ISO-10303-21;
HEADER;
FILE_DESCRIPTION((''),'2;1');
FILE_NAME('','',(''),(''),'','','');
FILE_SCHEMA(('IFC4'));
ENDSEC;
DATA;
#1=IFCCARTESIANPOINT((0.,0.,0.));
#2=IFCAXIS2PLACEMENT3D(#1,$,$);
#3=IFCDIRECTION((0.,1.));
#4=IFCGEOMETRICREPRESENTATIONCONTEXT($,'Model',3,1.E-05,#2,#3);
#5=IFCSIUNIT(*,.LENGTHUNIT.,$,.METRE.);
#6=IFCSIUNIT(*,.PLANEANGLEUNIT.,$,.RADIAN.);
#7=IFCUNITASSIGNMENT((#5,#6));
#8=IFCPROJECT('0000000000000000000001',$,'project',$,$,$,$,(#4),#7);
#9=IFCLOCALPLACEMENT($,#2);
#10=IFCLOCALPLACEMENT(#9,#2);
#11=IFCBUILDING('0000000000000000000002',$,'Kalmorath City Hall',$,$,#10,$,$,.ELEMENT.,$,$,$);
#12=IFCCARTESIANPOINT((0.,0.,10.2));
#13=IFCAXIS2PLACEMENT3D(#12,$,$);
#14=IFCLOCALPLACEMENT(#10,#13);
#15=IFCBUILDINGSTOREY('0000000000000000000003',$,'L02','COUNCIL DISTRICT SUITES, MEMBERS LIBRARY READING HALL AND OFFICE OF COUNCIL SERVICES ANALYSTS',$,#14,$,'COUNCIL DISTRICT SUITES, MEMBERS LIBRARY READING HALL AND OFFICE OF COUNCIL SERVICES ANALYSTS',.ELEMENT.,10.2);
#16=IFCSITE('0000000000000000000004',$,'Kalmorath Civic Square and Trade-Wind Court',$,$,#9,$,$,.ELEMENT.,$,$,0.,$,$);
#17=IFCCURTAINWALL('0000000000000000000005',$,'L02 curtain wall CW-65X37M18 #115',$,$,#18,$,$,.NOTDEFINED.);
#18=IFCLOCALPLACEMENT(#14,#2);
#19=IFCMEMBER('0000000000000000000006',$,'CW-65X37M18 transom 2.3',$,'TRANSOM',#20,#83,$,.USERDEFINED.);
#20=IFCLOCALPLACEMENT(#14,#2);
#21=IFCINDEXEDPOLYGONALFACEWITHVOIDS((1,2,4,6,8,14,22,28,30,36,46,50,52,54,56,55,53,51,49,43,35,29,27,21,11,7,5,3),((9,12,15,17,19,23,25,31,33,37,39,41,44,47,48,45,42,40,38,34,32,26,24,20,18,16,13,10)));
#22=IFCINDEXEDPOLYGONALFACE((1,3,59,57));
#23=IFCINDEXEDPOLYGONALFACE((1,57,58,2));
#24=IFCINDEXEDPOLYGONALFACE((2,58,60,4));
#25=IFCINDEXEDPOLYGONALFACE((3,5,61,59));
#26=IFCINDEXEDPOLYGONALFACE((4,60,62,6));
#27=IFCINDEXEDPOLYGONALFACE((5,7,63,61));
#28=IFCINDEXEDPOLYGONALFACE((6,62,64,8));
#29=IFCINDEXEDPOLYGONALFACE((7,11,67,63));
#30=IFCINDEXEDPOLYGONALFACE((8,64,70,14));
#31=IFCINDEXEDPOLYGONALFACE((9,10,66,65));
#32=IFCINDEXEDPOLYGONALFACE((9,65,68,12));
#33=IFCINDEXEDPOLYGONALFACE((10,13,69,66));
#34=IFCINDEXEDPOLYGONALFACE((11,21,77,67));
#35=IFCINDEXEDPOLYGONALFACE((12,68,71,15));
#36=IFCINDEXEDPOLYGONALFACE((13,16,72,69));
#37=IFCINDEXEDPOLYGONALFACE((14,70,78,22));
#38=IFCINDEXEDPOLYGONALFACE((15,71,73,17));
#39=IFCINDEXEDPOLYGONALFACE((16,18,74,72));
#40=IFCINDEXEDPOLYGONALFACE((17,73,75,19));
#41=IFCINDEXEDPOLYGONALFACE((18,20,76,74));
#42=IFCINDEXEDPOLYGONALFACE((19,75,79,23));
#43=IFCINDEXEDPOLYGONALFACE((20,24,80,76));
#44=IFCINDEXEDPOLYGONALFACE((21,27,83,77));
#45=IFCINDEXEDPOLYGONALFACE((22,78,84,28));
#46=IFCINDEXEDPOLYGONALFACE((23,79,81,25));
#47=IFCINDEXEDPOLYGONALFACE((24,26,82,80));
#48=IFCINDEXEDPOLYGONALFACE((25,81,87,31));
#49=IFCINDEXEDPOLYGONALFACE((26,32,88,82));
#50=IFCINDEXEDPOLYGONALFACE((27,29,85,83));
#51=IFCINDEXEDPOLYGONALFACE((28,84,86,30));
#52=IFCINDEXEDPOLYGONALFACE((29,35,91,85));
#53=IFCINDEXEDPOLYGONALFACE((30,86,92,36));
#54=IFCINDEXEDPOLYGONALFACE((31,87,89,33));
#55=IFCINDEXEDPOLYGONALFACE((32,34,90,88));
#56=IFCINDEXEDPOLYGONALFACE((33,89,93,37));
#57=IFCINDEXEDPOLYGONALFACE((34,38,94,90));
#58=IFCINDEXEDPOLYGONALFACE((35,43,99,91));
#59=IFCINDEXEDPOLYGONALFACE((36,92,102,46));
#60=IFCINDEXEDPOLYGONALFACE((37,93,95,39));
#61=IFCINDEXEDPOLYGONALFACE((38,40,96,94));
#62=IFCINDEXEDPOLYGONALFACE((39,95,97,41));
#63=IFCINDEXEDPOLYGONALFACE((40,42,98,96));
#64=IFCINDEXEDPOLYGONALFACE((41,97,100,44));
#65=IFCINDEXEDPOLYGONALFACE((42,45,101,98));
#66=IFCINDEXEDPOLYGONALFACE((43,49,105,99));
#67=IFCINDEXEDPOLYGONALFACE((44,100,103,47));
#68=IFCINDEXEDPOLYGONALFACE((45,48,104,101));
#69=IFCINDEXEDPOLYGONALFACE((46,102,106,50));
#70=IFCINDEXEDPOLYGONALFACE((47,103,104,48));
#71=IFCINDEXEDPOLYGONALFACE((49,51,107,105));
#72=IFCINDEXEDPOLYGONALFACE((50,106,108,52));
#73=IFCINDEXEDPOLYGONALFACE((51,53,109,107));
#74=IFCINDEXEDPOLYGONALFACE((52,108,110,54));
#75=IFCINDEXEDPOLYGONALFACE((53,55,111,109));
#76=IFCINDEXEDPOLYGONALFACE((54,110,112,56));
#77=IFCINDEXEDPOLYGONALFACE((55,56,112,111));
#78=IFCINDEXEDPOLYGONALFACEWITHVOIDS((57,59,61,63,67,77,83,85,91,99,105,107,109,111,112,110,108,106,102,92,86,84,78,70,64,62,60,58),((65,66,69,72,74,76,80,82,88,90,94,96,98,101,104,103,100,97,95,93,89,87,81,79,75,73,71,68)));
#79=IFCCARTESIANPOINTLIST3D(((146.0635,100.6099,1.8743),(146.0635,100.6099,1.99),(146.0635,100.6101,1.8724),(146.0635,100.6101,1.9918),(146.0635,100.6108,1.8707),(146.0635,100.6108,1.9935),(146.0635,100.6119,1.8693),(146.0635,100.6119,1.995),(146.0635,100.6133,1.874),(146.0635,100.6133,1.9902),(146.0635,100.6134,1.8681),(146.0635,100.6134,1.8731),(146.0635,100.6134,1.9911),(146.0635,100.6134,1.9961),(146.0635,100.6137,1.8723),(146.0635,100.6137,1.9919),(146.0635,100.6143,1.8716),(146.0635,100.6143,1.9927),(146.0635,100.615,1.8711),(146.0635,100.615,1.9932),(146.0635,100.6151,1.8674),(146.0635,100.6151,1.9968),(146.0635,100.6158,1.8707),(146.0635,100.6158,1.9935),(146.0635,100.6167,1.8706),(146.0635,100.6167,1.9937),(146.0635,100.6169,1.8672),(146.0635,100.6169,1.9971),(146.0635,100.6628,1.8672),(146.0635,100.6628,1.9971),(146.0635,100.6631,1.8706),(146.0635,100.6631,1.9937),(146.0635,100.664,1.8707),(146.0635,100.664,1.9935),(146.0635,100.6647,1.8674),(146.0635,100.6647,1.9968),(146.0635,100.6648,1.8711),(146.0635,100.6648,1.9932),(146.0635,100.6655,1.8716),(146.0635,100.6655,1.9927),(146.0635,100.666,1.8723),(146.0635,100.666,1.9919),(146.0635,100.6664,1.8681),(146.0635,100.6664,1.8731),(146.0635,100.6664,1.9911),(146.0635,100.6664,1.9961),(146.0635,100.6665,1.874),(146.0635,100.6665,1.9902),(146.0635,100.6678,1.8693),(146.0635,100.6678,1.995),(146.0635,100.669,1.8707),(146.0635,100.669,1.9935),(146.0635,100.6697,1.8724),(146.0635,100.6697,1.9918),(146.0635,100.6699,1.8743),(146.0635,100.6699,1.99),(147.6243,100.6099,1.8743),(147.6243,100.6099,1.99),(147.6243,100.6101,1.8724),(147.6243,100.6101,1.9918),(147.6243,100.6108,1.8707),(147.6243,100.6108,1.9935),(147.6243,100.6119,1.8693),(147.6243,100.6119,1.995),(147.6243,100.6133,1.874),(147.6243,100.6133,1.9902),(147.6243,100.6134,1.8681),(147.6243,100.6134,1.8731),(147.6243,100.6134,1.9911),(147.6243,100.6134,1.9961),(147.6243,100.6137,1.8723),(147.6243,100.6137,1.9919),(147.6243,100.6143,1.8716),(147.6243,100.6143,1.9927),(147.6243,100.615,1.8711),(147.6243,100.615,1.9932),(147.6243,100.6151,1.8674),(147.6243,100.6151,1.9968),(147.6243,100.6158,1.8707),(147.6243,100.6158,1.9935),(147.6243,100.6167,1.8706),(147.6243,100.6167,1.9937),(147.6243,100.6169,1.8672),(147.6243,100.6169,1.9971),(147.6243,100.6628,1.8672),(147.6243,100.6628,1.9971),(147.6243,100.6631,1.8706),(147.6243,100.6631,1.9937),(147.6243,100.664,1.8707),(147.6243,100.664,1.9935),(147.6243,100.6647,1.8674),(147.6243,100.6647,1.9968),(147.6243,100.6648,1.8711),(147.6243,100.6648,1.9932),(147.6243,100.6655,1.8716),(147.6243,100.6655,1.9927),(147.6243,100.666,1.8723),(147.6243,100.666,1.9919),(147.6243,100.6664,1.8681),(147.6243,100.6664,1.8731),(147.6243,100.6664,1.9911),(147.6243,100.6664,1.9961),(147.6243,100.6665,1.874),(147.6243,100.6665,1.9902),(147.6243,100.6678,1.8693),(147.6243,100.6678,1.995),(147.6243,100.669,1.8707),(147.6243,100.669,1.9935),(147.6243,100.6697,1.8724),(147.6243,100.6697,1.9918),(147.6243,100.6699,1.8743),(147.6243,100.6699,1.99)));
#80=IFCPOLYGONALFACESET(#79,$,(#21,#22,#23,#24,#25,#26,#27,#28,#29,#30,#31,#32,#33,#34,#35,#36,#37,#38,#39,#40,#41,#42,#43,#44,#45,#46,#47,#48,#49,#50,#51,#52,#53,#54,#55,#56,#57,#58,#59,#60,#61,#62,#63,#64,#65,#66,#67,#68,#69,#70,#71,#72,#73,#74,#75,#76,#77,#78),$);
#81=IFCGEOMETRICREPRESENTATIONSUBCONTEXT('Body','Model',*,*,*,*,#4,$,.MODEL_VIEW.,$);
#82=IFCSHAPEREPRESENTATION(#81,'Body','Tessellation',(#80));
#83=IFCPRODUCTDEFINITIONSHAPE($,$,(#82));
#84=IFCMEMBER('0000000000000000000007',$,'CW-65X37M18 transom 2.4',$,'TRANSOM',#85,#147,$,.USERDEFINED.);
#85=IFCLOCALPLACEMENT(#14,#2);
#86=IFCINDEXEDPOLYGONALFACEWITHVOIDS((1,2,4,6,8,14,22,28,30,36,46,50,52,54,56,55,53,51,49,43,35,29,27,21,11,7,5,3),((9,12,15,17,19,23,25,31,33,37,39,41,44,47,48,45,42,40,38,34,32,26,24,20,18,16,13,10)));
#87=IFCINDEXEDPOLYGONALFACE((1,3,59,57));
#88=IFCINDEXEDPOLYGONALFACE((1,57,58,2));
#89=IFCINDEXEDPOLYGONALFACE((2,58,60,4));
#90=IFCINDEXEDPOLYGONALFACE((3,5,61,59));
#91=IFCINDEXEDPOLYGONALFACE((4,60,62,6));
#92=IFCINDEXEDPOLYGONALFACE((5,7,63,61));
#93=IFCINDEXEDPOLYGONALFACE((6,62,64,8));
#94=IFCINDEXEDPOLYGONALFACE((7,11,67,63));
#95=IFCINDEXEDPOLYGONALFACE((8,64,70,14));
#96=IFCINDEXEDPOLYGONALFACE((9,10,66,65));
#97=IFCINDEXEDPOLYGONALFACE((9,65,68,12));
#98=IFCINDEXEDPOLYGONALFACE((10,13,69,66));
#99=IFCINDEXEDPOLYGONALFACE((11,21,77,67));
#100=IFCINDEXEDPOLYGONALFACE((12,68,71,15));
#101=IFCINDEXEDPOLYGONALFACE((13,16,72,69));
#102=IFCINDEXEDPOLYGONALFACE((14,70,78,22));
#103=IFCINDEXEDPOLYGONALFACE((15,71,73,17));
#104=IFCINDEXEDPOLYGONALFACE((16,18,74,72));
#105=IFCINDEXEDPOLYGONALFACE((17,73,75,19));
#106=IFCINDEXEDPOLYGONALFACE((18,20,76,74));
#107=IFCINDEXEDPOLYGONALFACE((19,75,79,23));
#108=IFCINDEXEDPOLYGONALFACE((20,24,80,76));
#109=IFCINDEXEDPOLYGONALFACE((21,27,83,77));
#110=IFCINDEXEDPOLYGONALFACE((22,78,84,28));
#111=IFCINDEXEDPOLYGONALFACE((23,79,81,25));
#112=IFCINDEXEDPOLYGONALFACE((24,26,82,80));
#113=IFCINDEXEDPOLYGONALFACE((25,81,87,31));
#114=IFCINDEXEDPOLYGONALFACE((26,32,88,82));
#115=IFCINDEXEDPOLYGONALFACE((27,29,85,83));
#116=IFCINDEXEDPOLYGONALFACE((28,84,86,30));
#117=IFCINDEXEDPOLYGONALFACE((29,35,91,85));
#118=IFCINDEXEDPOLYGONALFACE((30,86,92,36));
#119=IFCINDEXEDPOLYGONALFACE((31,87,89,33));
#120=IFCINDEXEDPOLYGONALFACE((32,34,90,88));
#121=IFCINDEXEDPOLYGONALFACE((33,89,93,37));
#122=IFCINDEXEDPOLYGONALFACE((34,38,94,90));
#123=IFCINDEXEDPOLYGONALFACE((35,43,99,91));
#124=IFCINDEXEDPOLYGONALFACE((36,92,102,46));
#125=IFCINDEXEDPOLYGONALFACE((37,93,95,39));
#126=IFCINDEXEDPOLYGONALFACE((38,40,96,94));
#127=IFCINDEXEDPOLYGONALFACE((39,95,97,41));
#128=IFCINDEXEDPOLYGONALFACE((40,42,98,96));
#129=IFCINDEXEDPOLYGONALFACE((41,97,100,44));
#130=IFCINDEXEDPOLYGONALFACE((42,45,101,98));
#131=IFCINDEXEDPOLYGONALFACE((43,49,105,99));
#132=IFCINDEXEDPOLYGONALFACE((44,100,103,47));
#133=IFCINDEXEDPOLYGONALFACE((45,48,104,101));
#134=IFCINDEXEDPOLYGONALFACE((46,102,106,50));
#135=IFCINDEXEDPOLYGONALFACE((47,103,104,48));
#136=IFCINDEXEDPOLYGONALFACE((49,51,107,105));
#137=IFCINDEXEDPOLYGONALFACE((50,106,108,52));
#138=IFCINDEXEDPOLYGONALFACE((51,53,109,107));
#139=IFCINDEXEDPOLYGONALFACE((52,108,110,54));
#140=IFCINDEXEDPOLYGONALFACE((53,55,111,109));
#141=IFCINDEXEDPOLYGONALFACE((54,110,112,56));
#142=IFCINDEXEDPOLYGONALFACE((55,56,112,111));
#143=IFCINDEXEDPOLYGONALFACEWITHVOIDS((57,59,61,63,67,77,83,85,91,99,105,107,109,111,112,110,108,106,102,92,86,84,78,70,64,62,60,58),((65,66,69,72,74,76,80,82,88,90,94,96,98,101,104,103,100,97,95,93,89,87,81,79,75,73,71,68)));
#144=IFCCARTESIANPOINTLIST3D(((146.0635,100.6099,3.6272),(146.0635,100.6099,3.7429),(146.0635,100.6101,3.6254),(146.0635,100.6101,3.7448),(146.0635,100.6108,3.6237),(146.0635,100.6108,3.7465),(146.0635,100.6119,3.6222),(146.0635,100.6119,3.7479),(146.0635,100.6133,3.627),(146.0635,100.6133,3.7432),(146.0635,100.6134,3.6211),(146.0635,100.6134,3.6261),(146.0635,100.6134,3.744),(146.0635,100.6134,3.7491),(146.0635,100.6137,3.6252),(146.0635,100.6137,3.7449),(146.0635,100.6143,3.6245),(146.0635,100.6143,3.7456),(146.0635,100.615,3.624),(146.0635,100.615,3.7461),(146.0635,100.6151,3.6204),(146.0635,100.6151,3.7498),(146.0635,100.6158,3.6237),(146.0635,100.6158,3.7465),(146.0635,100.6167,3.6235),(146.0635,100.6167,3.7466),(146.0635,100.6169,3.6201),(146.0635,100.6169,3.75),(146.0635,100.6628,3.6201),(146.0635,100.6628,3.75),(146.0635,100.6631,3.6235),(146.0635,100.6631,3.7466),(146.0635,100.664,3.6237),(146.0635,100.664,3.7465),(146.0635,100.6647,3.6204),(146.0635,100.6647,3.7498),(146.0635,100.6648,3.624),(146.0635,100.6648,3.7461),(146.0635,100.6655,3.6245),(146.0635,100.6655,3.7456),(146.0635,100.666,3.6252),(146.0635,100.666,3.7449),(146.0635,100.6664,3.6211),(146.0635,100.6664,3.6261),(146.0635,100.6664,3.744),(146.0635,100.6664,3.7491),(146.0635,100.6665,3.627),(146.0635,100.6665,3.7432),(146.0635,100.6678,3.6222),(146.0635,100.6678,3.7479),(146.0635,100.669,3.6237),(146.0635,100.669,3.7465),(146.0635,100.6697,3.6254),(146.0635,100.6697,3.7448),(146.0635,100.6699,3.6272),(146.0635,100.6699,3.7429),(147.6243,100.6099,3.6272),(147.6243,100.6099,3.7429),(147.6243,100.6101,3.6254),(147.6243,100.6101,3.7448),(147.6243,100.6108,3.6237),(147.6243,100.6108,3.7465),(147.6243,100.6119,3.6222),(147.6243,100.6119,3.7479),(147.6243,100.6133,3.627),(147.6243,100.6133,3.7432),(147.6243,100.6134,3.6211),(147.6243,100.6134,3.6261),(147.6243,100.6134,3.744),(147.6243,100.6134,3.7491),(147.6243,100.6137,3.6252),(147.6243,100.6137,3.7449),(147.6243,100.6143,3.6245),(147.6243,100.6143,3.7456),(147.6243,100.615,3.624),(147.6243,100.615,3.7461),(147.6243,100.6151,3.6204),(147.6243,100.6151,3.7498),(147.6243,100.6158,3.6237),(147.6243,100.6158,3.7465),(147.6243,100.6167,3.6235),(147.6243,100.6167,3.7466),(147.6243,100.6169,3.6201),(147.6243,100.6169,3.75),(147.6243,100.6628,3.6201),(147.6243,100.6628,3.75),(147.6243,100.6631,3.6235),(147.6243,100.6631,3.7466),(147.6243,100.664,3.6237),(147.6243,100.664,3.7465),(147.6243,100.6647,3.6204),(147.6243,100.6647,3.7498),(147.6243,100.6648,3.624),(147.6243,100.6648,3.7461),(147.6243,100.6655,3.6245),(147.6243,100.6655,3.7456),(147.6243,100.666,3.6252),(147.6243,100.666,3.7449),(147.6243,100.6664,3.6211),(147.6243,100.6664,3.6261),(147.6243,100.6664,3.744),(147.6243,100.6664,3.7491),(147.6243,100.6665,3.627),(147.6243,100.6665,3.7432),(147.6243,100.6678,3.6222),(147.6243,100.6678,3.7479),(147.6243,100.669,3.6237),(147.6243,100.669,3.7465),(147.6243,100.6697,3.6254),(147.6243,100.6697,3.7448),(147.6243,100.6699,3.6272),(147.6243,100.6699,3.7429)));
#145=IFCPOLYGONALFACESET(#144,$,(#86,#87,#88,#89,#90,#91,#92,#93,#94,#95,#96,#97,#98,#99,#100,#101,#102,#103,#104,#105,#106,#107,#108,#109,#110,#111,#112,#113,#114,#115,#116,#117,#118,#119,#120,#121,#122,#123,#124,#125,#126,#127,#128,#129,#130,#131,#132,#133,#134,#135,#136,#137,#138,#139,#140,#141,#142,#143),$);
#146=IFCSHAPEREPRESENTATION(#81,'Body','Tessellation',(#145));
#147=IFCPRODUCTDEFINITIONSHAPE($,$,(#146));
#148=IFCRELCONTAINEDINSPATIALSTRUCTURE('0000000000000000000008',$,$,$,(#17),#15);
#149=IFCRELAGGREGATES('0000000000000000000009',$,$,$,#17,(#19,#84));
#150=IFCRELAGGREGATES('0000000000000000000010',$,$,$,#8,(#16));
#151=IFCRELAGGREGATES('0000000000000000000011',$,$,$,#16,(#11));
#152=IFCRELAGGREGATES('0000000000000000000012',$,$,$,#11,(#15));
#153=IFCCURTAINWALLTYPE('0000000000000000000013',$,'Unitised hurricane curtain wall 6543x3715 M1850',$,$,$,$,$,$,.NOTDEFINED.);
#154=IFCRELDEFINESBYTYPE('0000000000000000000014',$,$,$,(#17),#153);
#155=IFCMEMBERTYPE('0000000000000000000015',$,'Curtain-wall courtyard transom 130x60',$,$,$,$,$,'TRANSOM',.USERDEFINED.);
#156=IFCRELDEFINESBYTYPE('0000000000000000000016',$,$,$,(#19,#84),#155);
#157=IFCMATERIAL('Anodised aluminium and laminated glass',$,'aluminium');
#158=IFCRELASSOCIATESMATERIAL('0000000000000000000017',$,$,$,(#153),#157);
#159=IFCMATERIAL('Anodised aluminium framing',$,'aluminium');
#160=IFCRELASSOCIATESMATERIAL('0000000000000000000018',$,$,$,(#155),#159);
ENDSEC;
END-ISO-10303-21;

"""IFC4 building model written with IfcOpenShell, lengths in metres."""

from ifc_helpers import new_model, si_unit, direction, frame, origin, origin_2d, place, context, subcontext, project, spatial, hollow_rectangle, extrude, material, material_profile, profile_set, type_object, element, aggregate, save


model = new_model("IFC4")

# Units and contexts
model_context = context("Model", 3, precision=1e-05, world=origin(), true_north=direction((0.0, 1.0)))
body_context = subcontext(model_context, "Body", "Model", "MODEL_VIEW")
ifc_project = project(units=[si_unit("LENGTHUNIT", "METRE"), si_unit("PLANEANGLEUNIT", "RADIAN")], contexts=[model_context])

# Site, building, storey
site_placement = place(None, origin())
site = spatial("IfcSite", under=ifc_project, at=site_placement, Name="Kalmorath Civic Square and Trade-Wind Court", CompositionType="ELEMENT", RefElevation=0.0)
building_placement = place(site_placement, origin())
building = spatial("IfcBuilding", under=site, at=building_placement, Name="Kalmorath City Hall", CompositionType="ELEMENT")
storey_placement = place(building_placement, frame((0.0, 0.0, 10.2)))
storey = spatial("IfcBuildingStorey", under=building, at=storey_placement, Name="L02", Description="COUNCIL DISTRICT SUITES, MEMBERS LIBRARY READING HALL AND OFFICE OF COUNCIL SERVICES ANALYSTS", LongName="COUNCIL DISTRICT SUITES, MEMBERS LIBRARY READING HALL AND OFFICE OF COUNCIL SERVICES ANALYSTS", CompositionType="ELEMENT", Elevation=10.2)

# Curtain wall, members
ifc_material_1 = material(Name="Anodised aluminium and laminated glass", Category="aluminium")
curtain_wall_type = type_object("IfcCurtainWallType", Name="Unitised hurricane curtain wall 6543x3715 M1850", PredefinedType="NOTDEFINED", material=ifc_material_1)
curtain_wall_placement = place(storey_placement, origin())
curtain_wall = element("IfcCurtainWall", 1, at=curtain_wall_placement, inside=storey, type_object=curtain_wall_type, Name="L02 curtain wall CW-65X37M18 #115", PredefinedType="NOTDEFINED")
ifc_material_2 = material(Name="Anodised aluminium framing", Category="aluminium")
ifc_material_profile_1 = material_profile(ifc_material_2, hollow_rectangle(XDim=0.0601, YDim=0.1299, WallThickness=0.0034, InnerFilletRadius=0.0034, OuterFilletRadius=0.0071, at=origin_2d()), Name="ALU-TRN-130X60X3.5")
ifc_profile_set_1 = profile_set([ifc_material_profile_1], Name="Anodised aluminium framing")
member_type_1 = type_object("IfcMemberType", Name="Curtain-wall courtyard transom 130x60", ElementType="TRANSOM", PredefinedType="USERDEFINED", material=ifc_profile_set_1)
member_1_placement = place(storey_placement, frame((146.0635, 100.6399, 1.9321), z_axis=(1.0, 0.0, 0.0), x_axis=(0.0, 1.0, 0.0)))
member_1 = element("IfcMember", 2, at=member_1_placement, type_object=member_type_1, Name="CW-65X37M18 transom 2.3", ObjectType="TRANSOM", PredefinedType="USERDEFINED", context=body_context, shape_type="SweptSolid", body=[
    extrude(hollow_rectangle(XDim=0.0601, YDim=0.1299, WallThickness=0.0034, InnerFilletRadius=0.0034, OuterFilletRadius=0.0071, at=origin_2d()), origin(), (0.0, 0.0, 1.0), 1.5608),
])
member_2_placement = place(storey_placement, frame((146.0635, 100.6399, 3.6851), z_axis=(1.0, 0.0, 0.0), x_axis=(0.0, 1.0, 0.0)))
member_2 = element("IfcMember", 3, at=member_2_placement, type_object=member_type_1, Name="CW-65X37M18 transom 2.4", ObjectType="TRANSOM", PredefinedType="USERDEFINED", context=body_context, shape_type="SweptSolid", body=[
    extrude(hollow_rectangle(XDim=0.0601, YDim=0.1299, WallThickness=0.0034, InnerFilletRadius=0.0034, OuterFilletRadius=0.0071, at=origin_2d()), origin(), (0.0, 0.0, 1.0), 1.5608),
])
aggregate(curtain_wall, [member_1, member_2])

save(model, "model.ifc")
